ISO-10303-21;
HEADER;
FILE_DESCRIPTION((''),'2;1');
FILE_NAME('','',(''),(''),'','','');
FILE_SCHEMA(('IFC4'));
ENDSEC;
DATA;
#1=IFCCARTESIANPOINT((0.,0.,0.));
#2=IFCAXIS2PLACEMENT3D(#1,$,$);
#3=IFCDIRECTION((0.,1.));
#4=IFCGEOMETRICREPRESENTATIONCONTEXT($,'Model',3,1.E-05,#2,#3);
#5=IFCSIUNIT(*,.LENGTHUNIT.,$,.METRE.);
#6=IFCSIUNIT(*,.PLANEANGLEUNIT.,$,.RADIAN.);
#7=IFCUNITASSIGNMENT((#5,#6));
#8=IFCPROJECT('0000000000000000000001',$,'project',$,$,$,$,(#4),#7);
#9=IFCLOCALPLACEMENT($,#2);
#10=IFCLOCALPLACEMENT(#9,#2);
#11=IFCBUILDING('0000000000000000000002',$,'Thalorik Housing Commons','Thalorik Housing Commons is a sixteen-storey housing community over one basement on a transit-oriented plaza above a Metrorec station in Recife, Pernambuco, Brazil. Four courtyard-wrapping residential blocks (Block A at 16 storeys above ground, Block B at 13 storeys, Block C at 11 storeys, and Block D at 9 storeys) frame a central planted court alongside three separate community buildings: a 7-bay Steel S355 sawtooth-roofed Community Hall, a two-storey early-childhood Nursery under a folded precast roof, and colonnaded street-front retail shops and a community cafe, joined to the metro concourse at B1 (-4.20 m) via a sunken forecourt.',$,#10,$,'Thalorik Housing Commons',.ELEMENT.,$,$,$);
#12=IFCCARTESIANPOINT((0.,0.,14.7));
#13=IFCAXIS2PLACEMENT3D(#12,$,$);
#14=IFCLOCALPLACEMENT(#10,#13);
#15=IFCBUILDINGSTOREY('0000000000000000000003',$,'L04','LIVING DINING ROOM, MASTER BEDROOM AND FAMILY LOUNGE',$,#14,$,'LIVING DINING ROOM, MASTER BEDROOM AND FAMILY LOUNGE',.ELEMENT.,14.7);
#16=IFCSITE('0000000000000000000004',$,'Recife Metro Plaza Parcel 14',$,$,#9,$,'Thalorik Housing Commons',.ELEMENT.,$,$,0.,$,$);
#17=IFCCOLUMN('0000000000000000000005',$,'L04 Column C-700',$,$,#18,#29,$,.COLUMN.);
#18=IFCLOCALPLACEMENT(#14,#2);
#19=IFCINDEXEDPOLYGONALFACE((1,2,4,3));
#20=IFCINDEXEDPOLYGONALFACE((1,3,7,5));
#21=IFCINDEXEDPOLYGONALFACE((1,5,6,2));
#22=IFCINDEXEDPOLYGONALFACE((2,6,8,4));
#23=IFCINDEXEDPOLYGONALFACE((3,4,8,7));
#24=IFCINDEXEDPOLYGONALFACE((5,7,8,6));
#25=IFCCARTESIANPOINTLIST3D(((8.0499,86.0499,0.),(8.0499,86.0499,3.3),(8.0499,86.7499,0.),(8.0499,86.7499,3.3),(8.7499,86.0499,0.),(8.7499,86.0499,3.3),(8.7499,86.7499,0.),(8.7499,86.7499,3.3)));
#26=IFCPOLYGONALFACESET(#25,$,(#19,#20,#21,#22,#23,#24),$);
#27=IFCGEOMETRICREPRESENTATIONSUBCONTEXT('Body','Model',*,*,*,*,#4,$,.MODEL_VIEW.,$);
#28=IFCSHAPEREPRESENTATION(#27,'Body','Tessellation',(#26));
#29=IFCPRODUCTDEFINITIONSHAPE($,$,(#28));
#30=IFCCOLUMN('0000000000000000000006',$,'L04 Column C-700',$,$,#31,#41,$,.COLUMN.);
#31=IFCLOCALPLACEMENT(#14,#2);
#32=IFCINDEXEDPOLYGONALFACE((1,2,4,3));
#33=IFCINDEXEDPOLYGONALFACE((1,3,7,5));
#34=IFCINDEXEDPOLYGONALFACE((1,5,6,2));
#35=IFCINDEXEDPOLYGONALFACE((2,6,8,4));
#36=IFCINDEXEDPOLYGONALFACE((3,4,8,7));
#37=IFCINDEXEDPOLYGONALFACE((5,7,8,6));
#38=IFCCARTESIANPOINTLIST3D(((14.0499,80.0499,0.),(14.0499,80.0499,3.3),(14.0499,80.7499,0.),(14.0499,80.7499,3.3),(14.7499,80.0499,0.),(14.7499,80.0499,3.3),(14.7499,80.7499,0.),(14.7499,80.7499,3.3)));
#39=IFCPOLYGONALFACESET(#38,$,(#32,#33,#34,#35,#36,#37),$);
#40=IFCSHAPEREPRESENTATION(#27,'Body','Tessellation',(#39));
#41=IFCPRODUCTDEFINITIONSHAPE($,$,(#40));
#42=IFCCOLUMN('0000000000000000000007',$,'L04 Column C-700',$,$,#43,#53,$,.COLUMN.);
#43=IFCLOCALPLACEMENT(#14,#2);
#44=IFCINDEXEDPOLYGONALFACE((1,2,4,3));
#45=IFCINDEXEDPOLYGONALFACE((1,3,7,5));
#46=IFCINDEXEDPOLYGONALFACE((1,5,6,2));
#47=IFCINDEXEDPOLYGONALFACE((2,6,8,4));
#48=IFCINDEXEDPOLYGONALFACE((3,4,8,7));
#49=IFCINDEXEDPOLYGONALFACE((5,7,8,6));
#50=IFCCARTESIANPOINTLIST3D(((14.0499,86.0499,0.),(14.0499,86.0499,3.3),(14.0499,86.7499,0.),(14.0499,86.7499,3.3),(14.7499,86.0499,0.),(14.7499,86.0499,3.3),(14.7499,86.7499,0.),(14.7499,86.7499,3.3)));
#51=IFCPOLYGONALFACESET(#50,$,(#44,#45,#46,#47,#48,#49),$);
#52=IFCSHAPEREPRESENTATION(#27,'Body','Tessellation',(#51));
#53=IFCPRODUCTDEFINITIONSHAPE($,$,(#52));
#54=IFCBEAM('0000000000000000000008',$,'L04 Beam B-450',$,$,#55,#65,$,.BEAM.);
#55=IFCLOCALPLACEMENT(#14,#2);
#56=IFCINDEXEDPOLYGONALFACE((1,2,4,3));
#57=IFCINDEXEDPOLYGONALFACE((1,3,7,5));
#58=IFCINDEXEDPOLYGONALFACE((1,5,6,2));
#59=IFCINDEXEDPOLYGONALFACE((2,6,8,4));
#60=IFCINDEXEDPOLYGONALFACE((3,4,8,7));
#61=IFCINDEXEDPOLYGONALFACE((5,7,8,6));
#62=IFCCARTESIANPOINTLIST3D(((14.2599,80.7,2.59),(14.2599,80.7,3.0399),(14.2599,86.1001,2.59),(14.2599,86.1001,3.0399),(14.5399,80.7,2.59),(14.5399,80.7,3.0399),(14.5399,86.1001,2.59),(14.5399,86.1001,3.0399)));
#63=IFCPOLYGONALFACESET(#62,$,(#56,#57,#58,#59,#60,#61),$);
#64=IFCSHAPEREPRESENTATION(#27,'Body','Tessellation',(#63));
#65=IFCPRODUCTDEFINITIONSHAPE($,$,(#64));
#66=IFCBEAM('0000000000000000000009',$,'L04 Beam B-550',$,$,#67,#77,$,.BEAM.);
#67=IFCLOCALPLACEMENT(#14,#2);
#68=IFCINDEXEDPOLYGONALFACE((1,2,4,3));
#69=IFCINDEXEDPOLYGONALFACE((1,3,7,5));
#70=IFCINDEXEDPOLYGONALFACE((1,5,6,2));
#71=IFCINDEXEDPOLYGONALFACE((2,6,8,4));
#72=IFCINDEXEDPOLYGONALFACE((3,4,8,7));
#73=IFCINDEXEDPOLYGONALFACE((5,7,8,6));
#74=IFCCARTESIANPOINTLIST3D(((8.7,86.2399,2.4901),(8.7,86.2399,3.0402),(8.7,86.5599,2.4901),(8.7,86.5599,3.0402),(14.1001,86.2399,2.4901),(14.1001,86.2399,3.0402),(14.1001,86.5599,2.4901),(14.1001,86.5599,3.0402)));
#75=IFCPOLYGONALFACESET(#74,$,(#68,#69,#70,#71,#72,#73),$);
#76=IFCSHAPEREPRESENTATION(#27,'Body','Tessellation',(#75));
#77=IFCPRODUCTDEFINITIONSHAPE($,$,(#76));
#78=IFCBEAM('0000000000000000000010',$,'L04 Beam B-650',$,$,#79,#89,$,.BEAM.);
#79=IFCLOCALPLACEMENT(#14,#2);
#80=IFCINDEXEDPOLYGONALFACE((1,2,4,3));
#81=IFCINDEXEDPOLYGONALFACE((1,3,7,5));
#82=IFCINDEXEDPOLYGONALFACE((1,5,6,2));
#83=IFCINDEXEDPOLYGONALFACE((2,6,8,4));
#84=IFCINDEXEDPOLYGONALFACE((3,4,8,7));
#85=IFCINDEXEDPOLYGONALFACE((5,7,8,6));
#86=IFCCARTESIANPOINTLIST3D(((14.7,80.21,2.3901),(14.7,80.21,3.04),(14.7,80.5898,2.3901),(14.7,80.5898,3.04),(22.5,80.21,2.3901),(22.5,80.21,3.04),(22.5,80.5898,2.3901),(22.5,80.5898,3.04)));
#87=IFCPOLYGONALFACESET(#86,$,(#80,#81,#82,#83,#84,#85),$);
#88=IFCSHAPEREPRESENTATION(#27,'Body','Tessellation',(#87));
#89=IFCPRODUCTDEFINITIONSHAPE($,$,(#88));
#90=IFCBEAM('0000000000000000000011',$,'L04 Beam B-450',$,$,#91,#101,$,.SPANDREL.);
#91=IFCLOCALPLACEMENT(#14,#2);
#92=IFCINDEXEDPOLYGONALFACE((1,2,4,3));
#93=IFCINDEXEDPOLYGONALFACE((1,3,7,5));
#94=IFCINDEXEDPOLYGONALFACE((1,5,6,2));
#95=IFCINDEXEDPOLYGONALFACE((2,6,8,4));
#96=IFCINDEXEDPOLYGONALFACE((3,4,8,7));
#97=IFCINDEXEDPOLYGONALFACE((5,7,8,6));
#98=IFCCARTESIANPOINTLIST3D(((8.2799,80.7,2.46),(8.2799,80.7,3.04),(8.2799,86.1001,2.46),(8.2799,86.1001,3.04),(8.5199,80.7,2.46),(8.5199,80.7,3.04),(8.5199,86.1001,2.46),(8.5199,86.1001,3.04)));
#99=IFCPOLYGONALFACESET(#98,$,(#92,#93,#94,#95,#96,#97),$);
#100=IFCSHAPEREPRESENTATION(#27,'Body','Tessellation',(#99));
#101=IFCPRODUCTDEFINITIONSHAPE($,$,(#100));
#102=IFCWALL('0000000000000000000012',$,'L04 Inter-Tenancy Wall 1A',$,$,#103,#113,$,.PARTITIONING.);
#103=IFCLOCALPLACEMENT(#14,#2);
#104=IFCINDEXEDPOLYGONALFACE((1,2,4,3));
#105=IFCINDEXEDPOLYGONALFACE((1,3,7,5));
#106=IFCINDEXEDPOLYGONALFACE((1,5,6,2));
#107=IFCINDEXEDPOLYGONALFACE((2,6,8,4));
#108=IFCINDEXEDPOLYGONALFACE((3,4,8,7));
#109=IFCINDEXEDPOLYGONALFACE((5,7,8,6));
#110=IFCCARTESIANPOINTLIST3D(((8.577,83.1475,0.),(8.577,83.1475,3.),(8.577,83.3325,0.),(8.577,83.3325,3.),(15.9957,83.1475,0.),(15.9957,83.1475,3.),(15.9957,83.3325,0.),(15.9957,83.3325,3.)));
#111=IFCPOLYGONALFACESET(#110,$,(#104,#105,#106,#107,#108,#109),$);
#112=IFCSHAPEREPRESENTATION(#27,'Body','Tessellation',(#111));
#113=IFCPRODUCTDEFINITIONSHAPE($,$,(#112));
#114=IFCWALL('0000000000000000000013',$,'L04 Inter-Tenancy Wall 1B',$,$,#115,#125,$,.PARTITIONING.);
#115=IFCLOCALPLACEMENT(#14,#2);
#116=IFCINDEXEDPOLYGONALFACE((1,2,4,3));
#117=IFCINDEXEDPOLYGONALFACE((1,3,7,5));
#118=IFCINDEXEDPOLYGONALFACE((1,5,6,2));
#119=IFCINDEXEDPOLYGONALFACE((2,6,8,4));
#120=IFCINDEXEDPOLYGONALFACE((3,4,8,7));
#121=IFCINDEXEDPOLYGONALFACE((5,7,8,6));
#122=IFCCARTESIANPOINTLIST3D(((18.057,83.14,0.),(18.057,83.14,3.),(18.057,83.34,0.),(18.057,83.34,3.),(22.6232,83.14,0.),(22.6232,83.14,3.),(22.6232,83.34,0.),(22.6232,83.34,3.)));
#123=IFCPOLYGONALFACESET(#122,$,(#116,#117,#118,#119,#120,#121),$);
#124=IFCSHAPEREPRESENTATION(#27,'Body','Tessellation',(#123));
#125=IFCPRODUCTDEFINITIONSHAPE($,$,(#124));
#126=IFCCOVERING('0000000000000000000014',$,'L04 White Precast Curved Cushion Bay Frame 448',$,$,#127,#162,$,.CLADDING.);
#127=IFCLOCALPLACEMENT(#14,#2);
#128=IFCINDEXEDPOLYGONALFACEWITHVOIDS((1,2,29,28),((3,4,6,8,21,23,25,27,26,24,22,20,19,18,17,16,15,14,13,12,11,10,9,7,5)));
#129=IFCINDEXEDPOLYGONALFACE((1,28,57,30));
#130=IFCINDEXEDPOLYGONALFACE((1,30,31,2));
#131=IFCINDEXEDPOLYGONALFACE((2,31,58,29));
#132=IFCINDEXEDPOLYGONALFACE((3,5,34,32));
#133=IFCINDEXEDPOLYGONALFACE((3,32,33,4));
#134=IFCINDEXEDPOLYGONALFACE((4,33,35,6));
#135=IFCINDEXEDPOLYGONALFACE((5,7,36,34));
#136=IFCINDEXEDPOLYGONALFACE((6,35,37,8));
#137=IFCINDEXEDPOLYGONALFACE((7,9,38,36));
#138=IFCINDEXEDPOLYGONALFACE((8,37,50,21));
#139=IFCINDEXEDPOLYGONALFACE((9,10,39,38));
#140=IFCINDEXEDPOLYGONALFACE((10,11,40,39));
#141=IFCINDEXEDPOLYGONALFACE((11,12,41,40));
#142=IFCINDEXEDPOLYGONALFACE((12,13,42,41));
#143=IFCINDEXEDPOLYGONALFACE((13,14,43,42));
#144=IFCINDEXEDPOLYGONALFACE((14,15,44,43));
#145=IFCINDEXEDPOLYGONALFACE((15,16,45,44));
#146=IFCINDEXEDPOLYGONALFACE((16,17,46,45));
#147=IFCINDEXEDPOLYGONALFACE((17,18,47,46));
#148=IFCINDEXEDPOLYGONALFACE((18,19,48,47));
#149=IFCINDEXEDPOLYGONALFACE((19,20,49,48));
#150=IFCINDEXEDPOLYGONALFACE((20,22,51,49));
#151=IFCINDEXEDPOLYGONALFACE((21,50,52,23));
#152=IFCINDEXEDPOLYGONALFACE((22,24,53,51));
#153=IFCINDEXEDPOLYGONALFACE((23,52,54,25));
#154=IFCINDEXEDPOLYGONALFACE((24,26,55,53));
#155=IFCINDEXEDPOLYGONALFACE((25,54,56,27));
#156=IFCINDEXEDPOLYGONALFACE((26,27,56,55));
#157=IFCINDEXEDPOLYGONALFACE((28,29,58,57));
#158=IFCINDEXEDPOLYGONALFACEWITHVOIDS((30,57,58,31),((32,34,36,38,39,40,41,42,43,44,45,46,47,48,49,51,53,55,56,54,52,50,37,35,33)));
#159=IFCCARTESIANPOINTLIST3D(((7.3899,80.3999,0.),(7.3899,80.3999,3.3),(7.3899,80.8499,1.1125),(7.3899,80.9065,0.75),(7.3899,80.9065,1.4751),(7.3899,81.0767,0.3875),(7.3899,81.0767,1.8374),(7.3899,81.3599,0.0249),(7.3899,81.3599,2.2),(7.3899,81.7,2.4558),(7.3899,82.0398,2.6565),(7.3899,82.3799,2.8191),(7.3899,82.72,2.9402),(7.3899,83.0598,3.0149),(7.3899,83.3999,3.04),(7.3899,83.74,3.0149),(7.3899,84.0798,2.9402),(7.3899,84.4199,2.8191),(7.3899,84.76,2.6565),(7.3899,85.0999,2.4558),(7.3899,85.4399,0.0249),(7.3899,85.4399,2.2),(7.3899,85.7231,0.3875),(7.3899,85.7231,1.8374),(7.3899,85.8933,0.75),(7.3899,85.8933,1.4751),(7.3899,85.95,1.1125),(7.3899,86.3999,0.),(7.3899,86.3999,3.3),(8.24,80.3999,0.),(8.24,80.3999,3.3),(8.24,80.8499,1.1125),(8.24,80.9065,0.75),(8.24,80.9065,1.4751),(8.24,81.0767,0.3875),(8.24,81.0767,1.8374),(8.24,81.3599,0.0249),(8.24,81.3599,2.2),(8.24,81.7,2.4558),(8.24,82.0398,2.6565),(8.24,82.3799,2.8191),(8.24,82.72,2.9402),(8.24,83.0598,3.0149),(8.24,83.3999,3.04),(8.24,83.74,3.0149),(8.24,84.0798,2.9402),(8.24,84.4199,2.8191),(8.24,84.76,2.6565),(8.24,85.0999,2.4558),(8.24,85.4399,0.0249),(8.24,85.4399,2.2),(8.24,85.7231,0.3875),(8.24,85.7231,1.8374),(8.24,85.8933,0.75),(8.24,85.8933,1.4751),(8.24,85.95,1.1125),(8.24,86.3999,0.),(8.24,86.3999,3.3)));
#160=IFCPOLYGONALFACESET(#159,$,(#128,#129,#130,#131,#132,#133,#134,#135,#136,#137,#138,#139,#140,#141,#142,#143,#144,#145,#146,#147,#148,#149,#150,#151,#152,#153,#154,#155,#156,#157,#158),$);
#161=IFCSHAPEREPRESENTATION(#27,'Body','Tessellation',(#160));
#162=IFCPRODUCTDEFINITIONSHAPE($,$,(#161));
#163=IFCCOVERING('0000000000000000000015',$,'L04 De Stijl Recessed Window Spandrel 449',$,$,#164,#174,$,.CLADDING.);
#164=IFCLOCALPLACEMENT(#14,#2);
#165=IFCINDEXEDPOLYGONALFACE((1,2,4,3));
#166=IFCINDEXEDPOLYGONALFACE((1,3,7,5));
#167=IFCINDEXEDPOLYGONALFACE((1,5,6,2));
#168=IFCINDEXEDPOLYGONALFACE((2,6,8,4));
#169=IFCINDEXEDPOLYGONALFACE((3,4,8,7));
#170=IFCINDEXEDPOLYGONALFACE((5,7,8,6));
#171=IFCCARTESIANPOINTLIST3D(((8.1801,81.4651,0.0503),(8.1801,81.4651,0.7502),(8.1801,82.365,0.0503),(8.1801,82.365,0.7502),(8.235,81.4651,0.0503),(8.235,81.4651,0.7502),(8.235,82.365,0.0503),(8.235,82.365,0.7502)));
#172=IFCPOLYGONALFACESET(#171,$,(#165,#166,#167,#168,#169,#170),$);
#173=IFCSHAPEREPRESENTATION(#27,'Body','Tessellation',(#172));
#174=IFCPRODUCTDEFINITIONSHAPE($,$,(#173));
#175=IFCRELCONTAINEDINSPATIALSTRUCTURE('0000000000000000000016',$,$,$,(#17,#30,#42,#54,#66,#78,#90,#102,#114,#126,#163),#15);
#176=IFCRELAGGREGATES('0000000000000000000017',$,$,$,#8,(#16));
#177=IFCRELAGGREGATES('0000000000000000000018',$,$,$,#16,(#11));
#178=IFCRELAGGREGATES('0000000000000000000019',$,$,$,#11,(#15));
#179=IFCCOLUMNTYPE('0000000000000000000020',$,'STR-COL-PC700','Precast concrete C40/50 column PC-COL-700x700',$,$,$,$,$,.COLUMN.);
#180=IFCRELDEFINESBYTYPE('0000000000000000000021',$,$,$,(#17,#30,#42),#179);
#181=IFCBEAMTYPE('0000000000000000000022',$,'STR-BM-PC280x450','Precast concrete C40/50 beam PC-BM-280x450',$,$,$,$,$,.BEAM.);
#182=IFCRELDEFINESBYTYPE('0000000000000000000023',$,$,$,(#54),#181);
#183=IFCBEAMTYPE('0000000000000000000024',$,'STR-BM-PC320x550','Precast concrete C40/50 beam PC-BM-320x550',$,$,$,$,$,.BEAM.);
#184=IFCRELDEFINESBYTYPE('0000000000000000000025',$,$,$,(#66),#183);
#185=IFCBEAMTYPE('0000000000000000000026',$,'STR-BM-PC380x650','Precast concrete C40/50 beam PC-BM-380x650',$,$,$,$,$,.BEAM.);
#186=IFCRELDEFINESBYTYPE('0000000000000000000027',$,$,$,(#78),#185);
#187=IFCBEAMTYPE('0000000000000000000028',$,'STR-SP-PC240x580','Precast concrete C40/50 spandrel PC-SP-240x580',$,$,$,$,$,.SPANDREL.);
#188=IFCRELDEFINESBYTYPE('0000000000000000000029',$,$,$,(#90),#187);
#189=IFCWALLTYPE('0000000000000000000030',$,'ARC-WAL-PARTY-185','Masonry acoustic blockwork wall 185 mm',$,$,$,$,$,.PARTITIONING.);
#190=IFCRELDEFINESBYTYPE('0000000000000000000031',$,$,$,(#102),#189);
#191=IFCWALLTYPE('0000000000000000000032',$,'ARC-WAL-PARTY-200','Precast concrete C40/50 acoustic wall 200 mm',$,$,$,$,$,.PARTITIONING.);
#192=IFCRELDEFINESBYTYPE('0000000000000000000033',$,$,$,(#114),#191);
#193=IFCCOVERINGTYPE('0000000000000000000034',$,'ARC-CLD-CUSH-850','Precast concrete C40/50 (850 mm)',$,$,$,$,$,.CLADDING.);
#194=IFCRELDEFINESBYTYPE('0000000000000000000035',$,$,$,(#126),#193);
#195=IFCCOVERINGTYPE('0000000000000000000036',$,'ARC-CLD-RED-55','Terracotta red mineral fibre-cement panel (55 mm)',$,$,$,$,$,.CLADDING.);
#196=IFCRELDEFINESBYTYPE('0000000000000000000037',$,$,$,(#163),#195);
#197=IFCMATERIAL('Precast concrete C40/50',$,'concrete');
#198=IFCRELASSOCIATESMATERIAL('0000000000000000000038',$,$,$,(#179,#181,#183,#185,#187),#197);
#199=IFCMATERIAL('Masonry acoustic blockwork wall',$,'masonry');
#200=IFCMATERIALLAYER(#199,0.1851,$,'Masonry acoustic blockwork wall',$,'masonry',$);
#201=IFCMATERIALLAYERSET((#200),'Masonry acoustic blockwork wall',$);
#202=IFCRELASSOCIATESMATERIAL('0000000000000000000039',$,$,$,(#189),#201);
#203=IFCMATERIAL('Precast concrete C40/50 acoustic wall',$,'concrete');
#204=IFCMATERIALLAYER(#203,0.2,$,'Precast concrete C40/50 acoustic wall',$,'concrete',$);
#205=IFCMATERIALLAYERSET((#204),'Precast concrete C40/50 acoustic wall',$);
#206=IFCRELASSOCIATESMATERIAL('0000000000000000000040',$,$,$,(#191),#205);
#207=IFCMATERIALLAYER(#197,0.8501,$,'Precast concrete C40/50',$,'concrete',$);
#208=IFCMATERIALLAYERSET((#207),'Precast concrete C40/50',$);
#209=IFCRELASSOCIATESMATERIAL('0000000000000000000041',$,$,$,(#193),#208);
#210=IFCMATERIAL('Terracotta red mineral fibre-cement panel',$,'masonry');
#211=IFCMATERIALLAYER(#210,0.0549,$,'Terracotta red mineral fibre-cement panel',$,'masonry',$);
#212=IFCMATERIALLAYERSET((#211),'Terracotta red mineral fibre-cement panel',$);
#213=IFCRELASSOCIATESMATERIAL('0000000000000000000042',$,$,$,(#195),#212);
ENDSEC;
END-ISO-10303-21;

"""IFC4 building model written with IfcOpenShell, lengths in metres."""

from ifc_helpers import new_model, si_unit, direction, frame, frame_2d, origin, origin_2d, place, context, subcontext, project, spatial, polyline, rectangle, outline, extrude, material, layer, layer_set, material_profile, profile_set, type_object, element, save


model = new_model("IFC4")

# Units and contexts
model_context = context("Model", 3, precision=1e-05, world=origin(), true_north=direction((0.0, 1.0)))
body_context = subcontext(model_context, "Body", "Model", "MODEL_VIEW")
ifc_project = project(units=[si_unit("LENGTHUNIT", "METRE"), si_unit("PLANEANGLEUNIT", "RADIAN")], contexts=[model_context])

# Site, building, storey
site_placement = place(None, origin())
site = spatial("IfcSite", under=ifc_project, at=site_placement, Name="Recife Metro Plaza Parcel 14", LongName="Thalorik Housing Commons", CompositionType="ELEMENT", RefElevation=0.0)
building_placement = place(site_placement, origin())
building = spatial("IfcBuilding", under=site, at=building_placement, Name="Thalorik Housing Commons", Description="Thalorik Housing Commons is a sixteen-storey housing community over one basement on a transit-oriented plaza above a Metrorec station in Recife, Pernambuco, Brazil. Four courtyard-wrapping residential blocks (Block A at 16 storeys above ground, Block B at 13 storeys, Block C at 11 storeys, and Block D at 9 storeys) frame a central planted court alongside three separate community buildings: a 7-bay Steel S355 sawtooth-roofed Community Hall, a two-storey early-childhood Nursery under a folded precast roof, and colonnaded street-front retail shops and a community cafe, joined to the metro concourse at B1 (-4.20 m) via a sunken forecourt.", LongName="Thalorik Housing Commons", CompositionType="ELEMENT")
storey_placement = place(building_placement, frame((0.0, 0.0, 14.7)))
storey = spatial("IfcBuildingStorey", under=building, at=storey_placement, Name="L04", Description="LIVING DINING ROOM, MASTER BEDROOM AND FAMILY LOUNGE", LongName="LIVING DINING ROOM, MASTER BEDROOM AND FAMILY LOUNGE", CompositionType="ELEMENT", Elevation=14.7)

# Columns
ifc_material_1 = material(Name="Precast concrete C40/50", Category="concrete")
ifc_material_profile_1 = material_profile(ifc_material_1, rectangle(XDim=0.7, YDim=0.7, at=origin_2d()), Name="PC 700x700", Category="concrete")
ifc_profile_set_1 = profile_set([ifc_material_profile_1], Name="Precast concrete C40/50")
column_type = type_object("IfcColumnType", Name="STR-COL-PC700", Description="Precast concrete C40/50 column PC-COL-700x700", PredefinedType="COLUMN", material=ifc_profile_set_1)
for number, where, z_axis, x_axis, name in (
    (1, (8.3999, 86.3999, 0.0), (0.0, 0.0, 1.0), (1.0, 0.0, 0.0), "L04 Column C-700"),
    (2, (14.3999, 80.3999, 0.0), (0.0, 0.0, 1.0), (1.0, 0.0, 0.0), "L04 Column C-700"),
    (3, (14.3999, 86.3999, 0.0), (0.0, 0.0, 1.0), (1.0, 0.0, 0.0), "L04 Column C-700"),
):
    element("IfcColumn", number, at=place(storey_placement, frame(where, z_axis=z_axis, x_axis=x_axis)), inside=storey, type_object=column_type, Name=name, PredefinedType="COLUMN", context=body_context, shape_type="SweptSolid", body=[
        extrude(rectangle(XDim=0.7, YDim=0.7, at=origin_2d()), origin(), (0.0, 0.0, 1.0), 3.3),
    ])

# Beams
ifc_material_profile_2 = material_profile(ifc_material_1, rectangle(XDim=0.28, YDim=0.45, at=origin_2d()), Name="PC 280x450", Category="concrete")
ifc_profile_set_2 = profile_set([ifc_material_profile_2], Name="Precast concrete C40/50")
beam_type_1 = type_object("IfcBeamType", Name="STR-BM-PC280x450", Description="Precast concrete C40/50 beam PC-BM-280x450", PredefinedType="BEAM", material=ifc_profile_set_2)
beam_1_placement = place(storey_placement, frame((14.3999, 80.7, 2.8149), z_axis=(0.0, 1.0, 0.0), x_axis=(-1.0, 0.0, 0.0)))
element("IfcBeam", 4, at=beam_1_placement, inside=storey, type_object=beam_type_1, Name="L04 Beam B-450", PredefinedType="BEAM", context=body_context, shape_type="SweptSolid", body=[
    extrude(rectangle(XDim=0.28, YDim=0.45, at=origin_2d()), origin(), (0.0, 0.0, 1.0), 5.4001),
])
ifc_material_profile_3 = material_profile(ifc_material_1, rectangle(XDim=0.3201, YDim=0.55, at=origin_2d()), Name="PC 320x550", Category="concrete")
ifc_profile_set_3 = profile_set([ifc_material_profile_3], Name="Precast concrete C40/50")
beam_type_2 = type_object("IfcBeamType", Name="STR-BM-PC320x550", Description="Precast concrete C40/50 beam PC-BM-320x550", PredefinedType="BEAM", material=ifc_profile_set_3)
beam_2_placement = place(storey_placement, frame((8.7, 86.3999, 2.7651), z_axis=(1.0, 0.0, 0.0), x_axis=(0.0, 1.0, 0.0)))
element("IfcBeam", 5, at=beam_2_placement, inside=storey, type_object=beam_type_2, Name="L04 Beam B-550", PredefinedType="BEAM", context=body_context, shape_type="SweptSolid", body=[
    extrude(rectangle(XDim=0.3201, YDim=0.55, at=origin_2d()), origin(), (0.0, 0.0, 1.0), 5.4001),
])
ifc_material_profile_4 = material_profile(ifc_material_1, rectangle(XDim=0.3799, YDim=0.6499, at=origin_2d()), Name="PC 380x650", Category="concrete")
ifc_profile_set_4 = profile_set([ifc_material_profile_4], Name="Precast concrete C40/50")
beam_type_3 = type_object("IfcBeamType", Name="STR-BM-PC380x650", Description="Precast concrete C40/50 beam PC-BM-380x650", PredefinedType="BEAM", material=ifc_profile_set_4)
beam_3_placement = place(storey_placement, frame((14.7, 80.3999, 2.7151), z_axis=(1.0, 0.0, 0.0), x_axis=(0.0, 1.0, 0.0)))
element("IfcBeam", 6, at=beam_3_placement, inside=storey, type_object=beam_type_3, Name="L04 Beam B-650", PredefinedType="BEAM", context=body_context, shape_type="SweptSolid", body=[
    extrude(rectangle(XDim=0.3799, YDim=0.6499, at=origin_2d()), origin(), (0.0, 0.0, 1.0), 7.8),
])
ifc_material_profile_5 = material_profile(ifc_material_1, rectangle(XDim=0.24, YDim=0.5801, at=origin_2d()), Name="PC SP 240x580", Category="concrete")
ifc_profile_set_5 = profile_set([ifc_material_profile_5], Name="Precast concrete C40/50")
beam_type_4 = type_object("IfcBeamType", Name="STR-SP-PC240x580", Description="Precast concrete C40/50 spandrel PC-SP-240x580", PredefinedType="SPANDREL", material=ifc_profile_set_5)
beam_4_placement = place(storey_placement, frame((8.3999, 80.7, 2.75), z_axis=(0.0, 1.0, 0.0), x_axis=(-1.0, 0.0, 0.0)))
element("IfcBeam", 7, at=beam_4_placement, inside=storey, type_object=beam_type_4, Name="L04 Beam B-450", PredefinedType="SPANDREL", context=body_context, shape_type="SweptSolid", body=[
    extrude(rectangle(XDim=0.24, YDim=0.5801, at=origin_2d()), origin(), (0.0, 0.0, 1.0), 5.4001),
])

# Walls
ifc_material_2 = material(Name="Masonry acoustic blockwork wall", Category="masonry")
ifc_layer_1 = layer(ifc_material_2, 0.1851, Name="Masonry acoustic blockwork wall", Category="masonry")
ifc_layer_set_1 = layer_set([ifc_layer_1], Name="Masonry acoustic blockwork wall")
wall_type_1 = type_object("IfcWallType", Name="ARC-WAL-PARTY-185", Description="Masonry acoustic blockwork wall 185 mm", PredefinedType="PARTITIONING", material=ifc_layer_set_1)
wall_1_placement = place(storey_placement, frame((8.5769, 83.24, 0.0), z_axis=(0.0, 0.0, 1.0), x_axis=(1.0, 0.0, 0.0)))
element("IfcWall", 8, at=wall_1_placement, inside=storey, type_object=wall_type_1, Name="L04 Inter-Tenancy Wall 1A", PredefinedType="PARTITIONING", context=body_context, shape_type="SweptSolid", body=[
    extrude(rectangle(XDim=7.4187, YDim=0.1851, at=frame_2d((3.7095, 0.0))), origin(), (0.0, 0.0, 1.0), 3.0),
])
ifc_material_3 = material(Name="Precast concrete C40/50 acoustic wall", Category="concrete")
ifc_layer_2 = layer(ifc_material_3, 0.2, Name="Precast concrete C40/50 acoustic wall", Category="concrete")
ifc_layer_set_2 = layer_set([ifc_layer_2], Name="Precast concrete C40/50 acoustic wall")
wall_type_2 = type_object("IfcWallType", Name="ARC-WAL-PARTY-200", Description="Precast concrete C40/50 acoustic wall 200 mm", PredefinedType="PARTITIONING", material=ifc_layer_set_2)
wall_2_placement = place(storey_placement, frame((18.0569, 83.24, 0.0), z_axis=(0.0, 0.0, 1.0), x_axis=(1.0, 0.0, 0.0)))
element("IfcWall", 9, at=wall_2_placement, inside=storey, type_object=wall_type_2, Name="L04 Inter-Tenancy Wall 1B", PredefinedType="PARTITIONING", context=body_context, shape_type="SweptSolid", body=[
    extrude(rectangle(XDim=4.5662, YDim=0.2, at=frame_2d((2.2832, 0.0))), origin(), (0.0, 0.0, 1.0), 3.0),
])

# Coverings
ifc_layer_3 = layer(ifc_material_1, 0.8501, Name="Precast concrete C40/50", Category="concrete")
ifc_layer_set_3 = layer_set([ifc_layer_3], Name="Precast concrete C40/50")
covering_type_1 = type_object("IfcCoveringType", Name="ARC-CLD-CUSH-850", Description="Precast concrete C40/50 (850 mm)", PredefinedType="CLADDING", material=ifc_layer_set_3)
covering_1_placement = place(storey_placement, frame((7.8149, 83.3999, 0.0), z_axis=(0.0, 0.0, 1.0), x_axis=(0.0, -1.0, 0.0)))
element("IfcCovering", 10, at=covering_1_placement, inside=storey, type_object=covering_type_1, Name="L04 White Precast Curved Cushion Bay Frame 448", PredefinedType="CLADDING", context=body_context, shape_type="SweptSolid", body=[
    extrude(outline(polyline([(-3.0, 0.0), (3.0, 0.0), (3.0, 3.3), (-3.0, 3.3), (-3.0, 0.0)]), holes=[polyline([(2.04, 0.0249), (2.3232, 0.3875), (2.4934, 0.75), (2.55, 1.1125), (2.4934, 1.4751), (2.3232, 1.8374), (2.04, 2.2), (1.7, 2.4558), (1.3601, 2.6565), (1.02, 2.8191), (0.6799, 2.9402), (0.3401, 3.0149), (0.0, 3.04), (-0.3401, 3.0149), (-0.6799, 2.9402), (-1.02, 2.8191), (-1.3601, 2.6565), (-1.7, 2.4558), (-2.04, 2.2), (-2.3232, 1.8374), (-2.4934, 1.4751), (-2.55, 1.1125), (-2.4934, 0.75), (-2.3232, 0.3875), (-2.04, 0.0249), (2.04, 0.0249)])]), frame((0.0, 0.425, 0.0), z_axis=(0.0, -1.0, 0.0), x_axis=(1.0, 0.0, 0.0)), (0.0, 0.0, 1.0), 0.8501),
])
ifc_material_4 = material(Name="Terracotta red mineral fibre-cement panel", Category="masonry")
ifc_layer_4 = layer(ifc_material_4, 0.0549, Name="Terracotta red mineral fibre-cement panel", Category="masonry")
ifc_layer_set_4 = layer_set([ifc_layer_4], Name="Terracotta red mineral fibre-cement panel")
covering_type_2 = type_object("IfcCoveringType", Name="ARC-CLD-RED-55", Description="Terracotta red mineral fibre-cement panel (55 mm)", PredefinedType="CLADDING", material=ifc_layer_set_4)
covering_2_placement = place(storey_placement, frame((8.2075, 81.915, 0.0503), z_axis=(0.0, 0.0, 1.0), x_axis=(0.0, -1.0, 0.0)))
element("IfcCovering", 11, at=covering_2_placement, inside=storey, type_object=covering_type_2, Name="L04 De Stijl Recessed Window Spandrel 449", PredefinedType="CLADDING", context=body_context, shape_type="SweptSolid", body=[
    extrude(rectangle(XDim=0.8999, YDim=0.0549, at=origin_2d()), origin(), (0.0, 0.0, 1.0), 0.7),
])

save(model, "model.ifc")
